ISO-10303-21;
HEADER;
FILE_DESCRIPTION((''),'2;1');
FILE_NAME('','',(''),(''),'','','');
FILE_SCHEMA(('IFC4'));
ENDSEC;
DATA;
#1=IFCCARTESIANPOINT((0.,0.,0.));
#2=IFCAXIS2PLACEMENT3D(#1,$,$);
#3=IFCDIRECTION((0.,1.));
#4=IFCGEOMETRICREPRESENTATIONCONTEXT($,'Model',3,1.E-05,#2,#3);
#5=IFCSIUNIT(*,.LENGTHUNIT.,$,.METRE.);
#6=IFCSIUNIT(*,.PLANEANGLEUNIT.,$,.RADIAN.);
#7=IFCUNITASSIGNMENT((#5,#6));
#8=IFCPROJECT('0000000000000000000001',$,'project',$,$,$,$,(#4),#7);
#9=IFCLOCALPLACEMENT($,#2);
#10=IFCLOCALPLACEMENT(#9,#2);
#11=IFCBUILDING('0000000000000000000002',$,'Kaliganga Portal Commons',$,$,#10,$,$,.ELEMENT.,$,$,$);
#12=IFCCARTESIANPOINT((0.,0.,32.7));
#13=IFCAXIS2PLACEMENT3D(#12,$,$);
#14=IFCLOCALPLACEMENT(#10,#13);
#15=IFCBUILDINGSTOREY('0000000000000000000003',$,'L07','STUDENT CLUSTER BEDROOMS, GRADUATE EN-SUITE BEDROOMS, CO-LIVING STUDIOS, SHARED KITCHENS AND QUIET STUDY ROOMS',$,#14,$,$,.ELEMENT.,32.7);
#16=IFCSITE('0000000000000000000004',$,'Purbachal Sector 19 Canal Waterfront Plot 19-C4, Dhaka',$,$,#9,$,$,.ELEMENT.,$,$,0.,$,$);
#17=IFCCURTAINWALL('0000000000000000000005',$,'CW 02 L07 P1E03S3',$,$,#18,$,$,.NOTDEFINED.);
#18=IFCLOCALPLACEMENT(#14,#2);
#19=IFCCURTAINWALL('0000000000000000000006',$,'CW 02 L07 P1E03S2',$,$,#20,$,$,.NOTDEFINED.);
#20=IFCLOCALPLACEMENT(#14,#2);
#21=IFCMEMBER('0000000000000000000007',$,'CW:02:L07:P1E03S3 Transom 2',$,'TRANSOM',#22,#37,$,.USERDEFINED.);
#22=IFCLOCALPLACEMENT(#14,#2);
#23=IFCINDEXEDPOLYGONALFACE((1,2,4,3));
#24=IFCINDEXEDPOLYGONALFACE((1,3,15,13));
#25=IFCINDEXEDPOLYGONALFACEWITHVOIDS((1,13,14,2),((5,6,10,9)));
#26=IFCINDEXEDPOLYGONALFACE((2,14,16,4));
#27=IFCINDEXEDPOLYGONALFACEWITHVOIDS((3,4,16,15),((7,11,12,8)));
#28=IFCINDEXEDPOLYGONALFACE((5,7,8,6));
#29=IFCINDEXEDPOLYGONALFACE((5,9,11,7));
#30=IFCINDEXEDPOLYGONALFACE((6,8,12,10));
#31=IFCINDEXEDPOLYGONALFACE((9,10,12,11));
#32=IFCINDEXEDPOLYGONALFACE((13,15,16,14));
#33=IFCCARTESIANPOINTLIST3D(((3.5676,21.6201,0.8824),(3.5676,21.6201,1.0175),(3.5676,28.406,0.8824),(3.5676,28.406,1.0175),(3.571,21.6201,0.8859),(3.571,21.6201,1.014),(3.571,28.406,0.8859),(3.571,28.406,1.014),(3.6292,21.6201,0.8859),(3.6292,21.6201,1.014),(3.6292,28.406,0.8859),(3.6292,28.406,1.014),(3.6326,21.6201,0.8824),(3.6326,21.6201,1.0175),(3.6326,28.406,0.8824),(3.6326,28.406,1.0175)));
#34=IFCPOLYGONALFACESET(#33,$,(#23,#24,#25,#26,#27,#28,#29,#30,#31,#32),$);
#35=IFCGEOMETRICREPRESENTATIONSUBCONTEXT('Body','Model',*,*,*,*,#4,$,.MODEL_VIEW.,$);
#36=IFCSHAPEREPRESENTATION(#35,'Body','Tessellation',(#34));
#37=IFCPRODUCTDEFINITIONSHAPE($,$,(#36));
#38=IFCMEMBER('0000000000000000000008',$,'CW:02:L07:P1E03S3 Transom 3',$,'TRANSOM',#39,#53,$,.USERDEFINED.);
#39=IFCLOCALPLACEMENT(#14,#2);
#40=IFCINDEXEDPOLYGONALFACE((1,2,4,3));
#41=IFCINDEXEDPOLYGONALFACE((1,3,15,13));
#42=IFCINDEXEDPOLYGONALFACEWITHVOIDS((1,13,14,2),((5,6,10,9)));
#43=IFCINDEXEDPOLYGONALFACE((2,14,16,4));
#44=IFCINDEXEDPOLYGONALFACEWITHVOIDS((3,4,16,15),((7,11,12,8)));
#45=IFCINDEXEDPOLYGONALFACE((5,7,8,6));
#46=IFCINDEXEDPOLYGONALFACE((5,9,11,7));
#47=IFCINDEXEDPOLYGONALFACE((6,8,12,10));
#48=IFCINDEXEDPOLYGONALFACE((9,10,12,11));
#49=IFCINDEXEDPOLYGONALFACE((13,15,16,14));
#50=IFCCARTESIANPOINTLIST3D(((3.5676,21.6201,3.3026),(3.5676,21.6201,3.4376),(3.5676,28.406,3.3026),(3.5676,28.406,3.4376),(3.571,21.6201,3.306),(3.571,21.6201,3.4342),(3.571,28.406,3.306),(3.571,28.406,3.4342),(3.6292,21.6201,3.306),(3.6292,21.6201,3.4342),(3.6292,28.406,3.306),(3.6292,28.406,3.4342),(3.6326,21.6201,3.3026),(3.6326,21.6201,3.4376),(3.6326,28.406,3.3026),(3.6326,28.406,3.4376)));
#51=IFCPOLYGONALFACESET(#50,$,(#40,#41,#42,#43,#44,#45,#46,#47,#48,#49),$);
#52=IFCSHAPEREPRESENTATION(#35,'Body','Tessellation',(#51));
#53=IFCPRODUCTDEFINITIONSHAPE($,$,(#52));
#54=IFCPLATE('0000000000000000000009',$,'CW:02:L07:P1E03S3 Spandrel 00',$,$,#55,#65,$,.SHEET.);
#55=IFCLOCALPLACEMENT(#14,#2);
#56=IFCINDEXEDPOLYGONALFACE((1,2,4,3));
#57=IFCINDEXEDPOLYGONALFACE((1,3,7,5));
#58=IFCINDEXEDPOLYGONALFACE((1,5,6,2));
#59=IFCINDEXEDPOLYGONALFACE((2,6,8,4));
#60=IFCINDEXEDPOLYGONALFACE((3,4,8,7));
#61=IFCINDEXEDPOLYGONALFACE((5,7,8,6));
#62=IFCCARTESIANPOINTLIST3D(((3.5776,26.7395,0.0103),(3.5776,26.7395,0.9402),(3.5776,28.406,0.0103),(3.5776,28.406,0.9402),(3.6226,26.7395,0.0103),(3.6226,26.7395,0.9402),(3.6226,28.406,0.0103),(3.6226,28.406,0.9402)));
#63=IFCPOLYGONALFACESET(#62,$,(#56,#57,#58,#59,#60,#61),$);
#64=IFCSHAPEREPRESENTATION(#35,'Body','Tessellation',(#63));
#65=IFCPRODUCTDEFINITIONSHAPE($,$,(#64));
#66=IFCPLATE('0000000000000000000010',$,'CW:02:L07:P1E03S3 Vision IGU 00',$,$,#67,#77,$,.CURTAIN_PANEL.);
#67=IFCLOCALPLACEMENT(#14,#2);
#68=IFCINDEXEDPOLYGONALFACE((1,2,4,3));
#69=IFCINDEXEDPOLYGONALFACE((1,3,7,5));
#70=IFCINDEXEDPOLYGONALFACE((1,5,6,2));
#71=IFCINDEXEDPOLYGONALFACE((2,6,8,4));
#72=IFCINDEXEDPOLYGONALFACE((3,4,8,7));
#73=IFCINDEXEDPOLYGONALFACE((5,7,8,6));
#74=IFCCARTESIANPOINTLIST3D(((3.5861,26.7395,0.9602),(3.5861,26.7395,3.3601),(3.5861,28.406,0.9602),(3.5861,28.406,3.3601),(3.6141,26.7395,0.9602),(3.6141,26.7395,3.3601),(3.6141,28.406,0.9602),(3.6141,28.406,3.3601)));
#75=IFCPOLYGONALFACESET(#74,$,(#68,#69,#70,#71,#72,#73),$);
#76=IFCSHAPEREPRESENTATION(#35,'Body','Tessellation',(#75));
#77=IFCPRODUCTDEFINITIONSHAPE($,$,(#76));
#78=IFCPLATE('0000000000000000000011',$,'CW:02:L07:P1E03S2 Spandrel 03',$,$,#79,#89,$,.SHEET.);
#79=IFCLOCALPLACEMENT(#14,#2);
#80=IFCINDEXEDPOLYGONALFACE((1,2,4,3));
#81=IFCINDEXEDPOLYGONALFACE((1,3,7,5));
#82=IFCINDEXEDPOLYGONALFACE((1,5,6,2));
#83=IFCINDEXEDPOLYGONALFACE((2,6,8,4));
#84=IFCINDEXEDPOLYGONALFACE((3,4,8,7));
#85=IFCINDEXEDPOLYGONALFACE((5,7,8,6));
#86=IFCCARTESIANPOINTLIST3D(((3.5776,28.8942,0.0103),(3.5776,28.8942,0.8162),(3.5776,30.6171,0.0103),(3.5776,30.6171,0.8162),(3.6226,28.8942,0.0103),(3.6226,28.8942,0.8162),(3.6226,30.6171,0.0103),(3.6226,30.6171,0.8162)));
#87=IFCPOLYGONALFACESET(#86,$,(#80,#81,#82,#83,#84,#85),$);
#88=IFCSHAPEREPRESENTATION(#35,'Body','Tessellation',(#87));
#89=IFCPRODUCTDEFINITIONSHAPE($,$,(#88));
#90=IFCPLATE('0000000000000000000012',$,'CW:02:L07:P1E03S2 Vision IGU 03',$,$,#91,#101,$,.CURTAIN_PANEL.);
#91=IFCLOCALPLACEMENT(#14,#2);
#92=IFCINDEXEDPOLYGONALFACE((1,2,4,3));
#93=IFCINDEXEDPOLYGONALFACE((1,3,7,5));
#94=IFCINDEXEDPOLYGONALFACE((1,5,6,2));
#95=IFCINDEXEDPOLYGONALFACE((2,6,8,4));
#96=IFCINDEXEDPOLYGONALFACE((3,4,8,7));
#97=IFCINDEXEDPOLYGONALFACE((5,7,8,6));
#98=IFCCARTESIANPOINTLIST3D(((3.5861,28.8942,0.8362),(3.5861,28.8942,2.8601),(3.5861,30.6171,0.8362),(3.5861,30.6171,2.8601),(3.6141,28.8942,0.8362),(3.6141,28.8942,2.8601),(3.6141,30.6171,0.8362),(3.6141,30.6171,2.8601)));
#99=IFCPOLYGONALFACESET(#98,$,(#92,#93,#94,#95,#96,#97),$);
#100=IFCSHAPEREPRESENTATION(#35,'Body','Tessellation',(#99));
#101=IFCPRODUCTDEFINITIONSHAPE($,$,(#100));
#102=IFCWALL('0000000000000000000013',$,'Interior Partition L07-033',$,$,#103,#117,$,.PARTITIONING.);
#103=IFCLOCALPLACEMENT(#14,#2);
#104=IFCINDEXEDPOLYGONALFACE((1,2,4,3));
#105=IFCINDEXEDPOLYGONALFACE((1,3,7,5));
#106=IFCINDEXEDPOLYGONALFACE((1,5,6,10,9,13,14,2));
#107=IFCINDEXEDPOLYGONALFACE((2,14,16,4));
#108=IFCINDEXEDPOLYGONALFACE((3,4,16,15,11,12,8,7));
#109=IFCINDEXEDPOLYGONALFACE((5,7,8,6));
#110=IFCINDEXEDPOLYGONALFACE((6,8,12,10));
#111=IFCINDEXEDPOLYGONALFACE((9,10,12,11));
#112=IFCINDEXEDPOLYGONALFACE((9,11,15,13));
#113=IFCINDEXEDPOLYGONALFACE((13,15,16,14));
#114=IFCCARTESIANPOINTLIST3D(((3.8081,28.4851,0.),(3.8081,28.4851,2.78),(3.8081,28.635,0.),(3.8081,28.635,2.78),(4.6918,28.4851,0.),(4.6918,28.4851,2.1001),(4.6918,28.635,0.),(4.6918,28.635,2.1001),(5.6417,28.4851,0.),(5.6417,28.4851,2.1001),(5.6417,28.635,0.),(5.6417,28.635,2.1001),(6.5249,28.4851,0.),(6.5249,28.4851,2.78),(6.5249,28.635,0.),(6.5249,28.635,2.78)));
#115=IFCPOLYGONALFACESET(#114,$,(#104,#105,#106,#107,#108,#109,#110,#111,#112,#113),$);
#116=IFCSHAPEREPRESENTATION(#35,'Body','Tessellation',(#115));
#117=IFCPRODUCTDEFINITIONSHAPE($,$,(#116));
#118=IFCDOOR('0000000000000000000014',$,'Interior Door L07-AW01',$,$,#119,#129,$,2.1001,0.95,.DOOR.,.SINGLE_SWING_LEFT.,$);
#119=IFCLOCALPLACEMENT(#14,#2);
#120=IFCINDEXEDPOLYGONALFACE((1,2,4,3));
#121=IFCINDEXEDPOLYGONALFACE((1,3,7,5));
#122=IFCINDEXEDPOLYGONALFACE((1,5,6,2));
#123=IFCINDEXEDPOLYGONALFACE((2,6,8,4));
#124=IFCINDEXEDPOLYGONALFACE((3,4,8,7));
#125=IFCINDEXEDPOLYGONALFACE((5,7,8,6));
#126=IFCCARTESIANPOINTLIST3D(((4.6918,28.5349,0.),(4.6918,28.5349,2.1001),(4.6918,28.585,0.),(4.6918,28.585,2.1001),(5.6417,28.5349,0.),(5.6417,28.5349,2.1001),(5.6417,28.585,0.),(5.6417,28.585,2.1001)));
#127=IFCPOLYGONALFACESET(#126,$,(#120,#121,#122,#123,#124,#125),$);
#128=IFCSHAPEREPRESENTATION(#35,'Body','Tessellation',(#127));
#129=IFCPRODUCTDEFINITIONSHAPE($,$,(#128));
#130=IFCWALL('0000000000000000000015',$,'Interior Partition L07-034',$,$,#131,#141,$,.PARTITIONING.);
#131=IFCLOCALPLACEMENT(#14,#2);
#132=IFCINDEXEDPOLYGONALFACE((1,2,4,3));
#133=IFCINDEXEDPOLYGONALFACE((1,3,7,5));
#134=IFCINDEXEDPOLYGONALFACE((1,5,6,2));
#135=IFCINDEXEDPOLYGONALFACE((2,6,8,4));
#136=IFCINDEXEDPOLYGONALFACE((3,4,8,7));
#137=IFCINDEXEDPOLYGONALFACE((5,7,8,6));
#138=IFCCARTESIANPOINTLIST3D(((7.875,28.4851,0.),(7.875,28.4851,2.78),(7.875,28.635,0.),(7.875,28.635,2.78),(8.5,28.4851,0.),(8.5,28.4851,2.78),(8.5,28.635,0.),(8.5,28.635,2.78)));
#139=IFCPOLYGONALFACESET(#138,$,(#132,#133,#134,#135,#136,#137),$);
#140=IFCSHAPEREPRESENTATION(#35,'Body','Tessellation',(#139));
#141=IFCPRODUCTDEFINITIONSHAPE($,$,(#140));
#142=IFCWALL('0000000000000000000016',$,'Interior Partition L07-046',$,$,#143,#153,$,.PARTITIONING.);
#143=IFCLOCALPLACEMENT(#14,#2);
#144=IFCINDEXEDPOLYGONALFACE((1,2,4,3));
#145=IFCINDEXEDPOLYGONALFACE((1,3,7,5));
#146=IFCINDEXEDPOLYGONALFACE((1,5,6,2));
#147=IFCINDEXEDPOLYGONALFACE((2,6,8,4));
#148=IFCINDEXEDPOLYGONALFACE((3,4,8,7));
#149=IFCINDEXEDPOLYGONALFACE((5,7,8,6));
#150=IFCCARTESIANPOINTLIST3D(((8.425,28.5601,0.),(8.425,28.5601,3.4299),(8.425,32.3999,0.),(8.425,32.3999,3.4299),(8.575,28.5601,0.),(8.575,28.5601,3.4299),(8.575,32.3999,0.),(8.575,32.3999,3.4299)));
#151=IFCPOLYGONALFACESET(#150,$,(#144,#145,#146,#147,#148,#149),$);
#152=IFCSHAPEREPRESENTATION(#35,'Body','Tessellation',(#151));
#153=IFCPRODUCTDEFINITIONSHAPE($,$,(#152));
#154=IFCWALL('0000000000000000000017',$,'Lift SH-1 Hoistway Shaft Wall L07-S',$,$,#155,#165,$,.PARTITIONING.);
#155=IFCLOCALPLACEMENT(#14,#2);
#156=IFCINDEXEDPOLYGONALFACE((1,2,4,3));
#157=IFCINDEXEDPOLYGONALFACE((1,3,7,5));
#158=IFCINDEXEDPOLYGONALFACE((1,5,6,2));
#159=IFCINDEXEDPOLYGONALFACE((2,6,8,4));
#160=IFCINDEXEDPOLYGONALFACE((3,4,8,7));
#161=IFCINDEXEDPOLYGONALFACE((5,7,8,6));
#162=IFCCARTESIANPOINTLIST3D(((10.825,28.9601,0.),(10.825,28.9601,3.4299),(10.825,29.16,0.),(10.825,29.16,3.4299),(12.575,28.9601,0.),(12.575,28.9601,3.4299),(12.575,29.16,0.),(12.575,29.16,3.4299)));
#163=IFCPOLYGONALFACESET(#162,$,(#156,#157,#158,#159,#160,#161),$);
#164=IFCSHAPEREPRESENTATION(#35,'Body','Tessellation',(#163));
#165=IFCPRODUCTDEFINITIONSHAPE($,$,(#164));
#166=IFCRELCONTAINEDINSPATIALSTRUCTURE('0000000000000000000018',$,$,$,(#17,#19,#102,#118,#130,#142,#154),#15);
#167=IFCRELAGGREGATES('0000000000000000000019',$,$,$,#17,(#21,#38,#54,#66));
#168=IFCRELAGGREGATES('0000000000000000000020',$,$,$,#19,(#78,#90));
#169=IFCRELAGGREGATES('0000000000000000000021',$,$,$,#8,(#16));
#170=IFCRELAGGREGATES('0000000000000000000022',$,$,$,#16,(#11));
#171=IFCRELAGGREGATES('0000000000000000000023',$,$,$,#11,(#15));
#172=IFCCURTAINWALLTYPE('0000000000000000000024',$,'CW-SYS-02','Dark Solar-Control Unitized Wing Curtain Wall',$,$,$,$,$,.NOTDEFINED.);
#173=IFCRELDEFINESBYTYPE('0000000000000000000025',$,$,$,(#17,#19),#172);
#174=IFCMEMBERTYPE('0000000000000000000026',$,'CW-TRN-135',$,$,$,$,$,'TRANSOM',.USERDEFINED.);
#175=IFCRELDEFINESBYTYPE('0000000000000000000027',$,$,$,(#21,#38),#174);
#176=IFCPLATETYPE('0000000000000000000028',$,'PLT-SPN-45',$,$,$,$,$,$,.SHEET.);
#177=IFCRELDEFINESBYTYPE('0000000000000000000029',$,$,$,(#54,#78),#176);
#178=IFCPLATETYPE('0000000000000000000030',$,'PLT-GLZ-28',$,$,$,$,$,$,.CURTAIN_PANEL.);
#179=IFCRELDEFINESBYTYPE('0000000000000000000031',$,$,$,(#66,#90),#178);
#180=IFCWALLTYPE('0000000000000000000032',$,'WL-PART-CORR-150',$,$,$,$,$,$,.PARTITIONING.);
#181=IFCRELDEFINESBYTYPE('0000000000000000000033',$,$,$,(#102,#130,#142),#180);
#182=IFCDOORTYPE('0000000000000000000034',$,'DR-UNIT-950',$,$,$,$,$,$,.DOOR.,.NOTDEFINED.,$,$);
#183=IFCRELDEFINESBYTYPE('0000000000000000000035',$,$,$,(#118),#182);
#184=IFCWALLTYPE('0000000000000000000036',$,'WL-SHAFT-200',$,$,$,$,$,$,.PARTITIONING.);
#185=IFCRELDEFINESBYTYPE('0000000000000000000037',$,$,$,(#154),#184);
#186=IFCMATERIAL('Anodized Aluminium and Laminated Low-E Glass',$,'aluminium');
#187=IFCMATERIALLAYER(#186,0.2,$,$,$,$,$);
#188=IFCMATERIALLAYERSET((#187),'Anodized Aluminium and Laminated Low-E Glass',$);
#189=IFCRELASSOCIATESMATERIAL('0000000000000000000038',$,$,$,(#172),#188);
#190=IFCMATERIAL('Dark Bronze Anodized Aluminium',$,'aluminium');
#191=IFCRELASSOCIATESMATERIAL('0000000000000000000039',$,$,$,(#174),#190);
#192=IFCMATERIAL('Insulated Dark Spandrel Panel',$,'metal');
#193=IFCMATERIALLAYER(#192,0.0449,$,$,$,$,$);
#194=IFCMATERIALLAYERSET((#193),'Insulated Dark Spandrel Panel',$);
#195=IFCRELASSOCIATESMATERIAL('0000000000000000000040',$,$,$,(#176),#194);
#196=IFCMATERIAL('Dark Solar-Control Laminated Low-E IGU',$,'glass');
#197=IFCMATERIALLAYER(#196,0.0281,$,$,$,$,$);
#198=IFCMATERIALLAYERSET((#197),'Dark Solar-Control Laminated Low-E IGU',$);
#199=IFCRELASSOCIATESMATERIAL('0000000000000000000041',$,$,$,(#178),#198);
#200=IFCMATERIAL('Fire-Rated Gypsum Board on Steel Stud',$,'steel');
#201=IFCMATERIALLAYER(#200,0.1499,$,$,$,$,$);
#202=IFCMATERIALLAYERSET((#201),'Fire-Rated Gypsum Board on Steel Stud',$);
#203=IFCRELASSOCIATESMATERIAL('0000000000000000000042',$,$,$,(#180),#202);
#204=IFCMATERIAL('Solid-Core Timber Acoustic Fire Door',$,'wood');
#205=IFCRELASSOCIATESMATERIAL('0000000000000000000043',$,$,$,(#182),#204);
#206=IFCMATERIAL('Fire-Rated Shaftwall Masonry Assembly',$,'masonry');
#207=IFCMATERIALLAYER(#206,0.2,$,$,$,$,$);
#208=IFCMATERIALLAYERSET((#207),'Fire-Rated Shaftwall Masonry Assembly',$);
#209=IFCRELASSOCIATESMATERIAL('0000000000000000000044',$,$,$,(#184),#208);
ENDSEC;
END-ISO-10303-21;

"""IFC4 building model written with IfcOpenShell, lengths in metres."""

from ifc_helpers import new_model, si_unit, direction, frame, frame_2d, origin, origin_2d, place, context, subcontext, project, spatial, rectangle, hollow_rectangle, extrude, source, transform, mapped, material, layer, layer_set, material_profile, profile_set, type_object, element, fill, aggregate, save


model = new_model("IFC4")

# Units and contexts
model_context = context("Model", 3, precision=1e-05, world=origin(), true_north=direction((0.0, 1.0)))
body_context = subcontext(model_context, "Body", "Model", "MODEL_VIEW")
ifc_project = project(units=[si_unit("LENGTHUNIT", "METRE"), si_unit("PLANEANGLEUNIT", "RADIAN")], contexts=[model_context])

# Site, building, storey
site_placement = place(None, origin())
site = spatial("IfcSite", under=ifc_project, at=site_placement, Name="Purbachal Sector 19 Canal Waterfront Plot 19-C4, Dhaka", CompositionType="ELEMENT", RefElevation=0.0)
building_placement = place(site_placement, origin())
building = spatial("IfcBuilding", under=site, at=building_placement, Name="Kaliganga Portal Commons", CompositionType="ELEMENT")
storey_placement = place(building_placement, frame((0.0, 0.0, 32.7)))
storey = spatial("IfcBuildingStorey", under=building, at=storey_placement, Name="L07", Description="STUDENT CLUSTER BEDROOMS, GRADUATE EN-SUITE BEDROOMS, CO-LIVING STUDIOS, SHARED KITCHENS AND QUIET STUDY ROOMS", CompositionType="ELEMENT", Elevation=32.7)

# Curtain wall
ifc_material_1 = material(Name="Anodized Aluminium and Laminated Low-E Glass", Category="aluminium")
ifc_layer_1 = layer(ifc_material_1, 0.2)
ifc_layer_set_1 = layer_set([ifc_layer_1], Name="Anodized Aluminium and Laminated Low-E Glass")
curtain_wall_type = type_object("IfcCurtainWallType", Name="CW-SYS-02", Description="Dark Solar-Control Unitized Wing Curtain Wall", PredefinedType="NOTDEFINED", material=ifc_layer_set_1)
curtain_wall_1_placement = place(storey_placement, origin())
curtain_wall_1 = element("IfcCurtainWall", 1, at=curtain_wall_1_placement, inside=storey, type_object=curtain_wall_type, Name="CW 02 L07 P1E03S3", PredefinedType="NOTDEFINED")
ifc_material_2 = material(Name="Dark Bronze Anodized Aluminium", Category="aluminium")

# Curtain wall
curtain_wall_2_placement = place(storey_placement, origin())
curtain_wall_2 = element("IfcCurtainWall", 2, at=curtain_wall_2_placement, inside=storey, type_object=curtain_wall_type, Name="CW 02 L07 P1E03S2", PredefinedType="NOTDEFINED")

# Members
ifc_material_profile_1 = material_profile(ifc_material_2, hollow_rectangle(XDim=0.0649, YDim=0.135, WallThickness=0.0034, at=origin_2d()), Name="ALU TRAN 65x135x3.5")
ifc_profile_set_1 = profile_set([ifc_material_profile_1], Name="Dark Bronze Anodized Aluminium")
member_type_1 = type_object("IfcMemberType", Name="CW-TRN-135", ElementType="TRANSOM", PredefinedType="USERDEFINED", material=ifc_profile_set_1)
shared_shape_1 = source(origin(), body_context, "Body", "SweptSolid", [
    extrude(hollow_rectangle(XDim=0.0649, YDim=0.135, WallThickness=0.0034, at=origin_2d()), origin(), (0.0, 0.0, 1.0), 6.7859),
])
member_1_placement = place(storey_placement, frame((3.6001, 28.406, 0.95), z_axis=(0.0, -1.0, 0.0), x_axis=(1.0, 0.0, 0.0)))
member_1 = element("IfcMember", 3, at=member_1_placement, type_object=member_type_1, Name="CW:02:L07:P1E03S3 Transom 2", ObjectType="TRANSOM", PredefinedType="USERDEFINED", context=body_context, shape_type="MappedRepresentation", body=[
    mapped(shared_shape_1, transform((0.0, 0.0, 0.0), x_axis=(1.0, 0.0, 0.0), y_axis=(0.0, 1.0, 0.0), z_axis=(0.0, 0.0, 1.0), scale=1.0)),
])
member_2_placement = place(storey_placement, frame((3.6001, 28.406, 3.3701), z_axis=(0.0, -1.0, 0.0), x_axis=(1.0, 0.0, 0.0)))
member_2 = element("IfcMember", 4, at=member_2_placement, type_object=member_type_1, Name="CW:02:L07:P1E03S3 Transom 3", ObjectType="TRANSOM", PredefinedType="USERDEFINED", context=body_context, shape_type="MappedRepresentation", body=[
    mapped(shared_shape_1, transform((0.0, 0.0, 0.0), x_axis=(1.0, 0.0, 0.0), y_axis=(0.0, 1.0, 0.0), z_axis=(0.0, 0.0, 1.0), scale=1.0)),
])

# Plates
ifc_material_3 = material(Name="Insulated Dark Spandrel Panel", Category="metal")
ifc_layer_2 = layer(ifc_material_3, 0.0449)
ifc_layer_set_2 = layer_set([ifc_layer_2], Name="Insulated Dark Spandrel Panel")
plate_type_1 = type_object("IfcPlateType", Name="PLT-SPN-45", PredefinedType="SHEET", material=ifc_layer_set_2)
shared_shape_2 = source(origin(), body_context, "Body", "SweptSolid", [
    extrude(rectangle(XDim=1.6665, YDim=0.0449, at=origin_2d()), origin(), (0.0, 0.0, 1.0), 0.9299),
])
plate_1_placement = place(storey_placement, frame((3.6001, 27.5728, 0.0103), z_axis=(0.0, 0.0, 1.0), x_axis=(0.0, -1.0, 0.0)))
plate_1 = element("IfcPlate", 5, at=plate_1_placement, type_object=plate_type_1, Name="CW:02:L07:P1E03S3 Spandrel 00", PredefinedType="SHEET", context=body_context, shape_type="MappedRepresentation", body=[
    mapped(shared_shape_2, transform((0.0, 0.0, 0.0), x_axis=(1.0, 0.0, 0.0), y_axis=(0.0, 1.0, 0.0), z_axis=(0.0, 0.0, 1.0), scale=1.0)),
])
ifc_material_4 = material(Name="Dark Solar-Control Laminated Low-E IGU", Category="glass")
ifc_layer_3 = layer(ifc_material_4, 0.0281)
ifc_layer_set_3 = layer_set([ifc_layer_3], Name="Dark Solar-Control Laminated Low-E IGU")
plate_type_2 = type_object("IfcPlateType", Name="PLT-GLZ-28", PredefinedType="CURTAIN_PANEL", material=ifc_layer_set_3)
shared_shape_3 = source(origin(), body_context, "Body", "SweptSolid", [
    extrude(rectangle(XDim=1.6665, YDim=0.0281, at=origin_2d()), origin(), (0.0, 0.0, 1.0), 2.3999),
])
plate_2_placement = place(storey_placement, frame((3.6001, 27.5728, 0.9602), z_axis=(0.0, 0.0, 1.0), x_axis=(0.0, -1.0, 0.0)))
plate_2 = element("IfcPlate", 6, at=plate_2_placement, type_object=plate_type_2, Name="CW:02:L07:P1E03S3 Vision IGU 00", PredefinedType="CURTAIN_PANEL", context=body_context, shape_type="MappedRepresentation", body=[
    mapped(shared_shape_3, transform((0.0, 0.0, 0.0), x_axis=(1.0, 0.0, 0.0), y_axis=(0.0, 1.0, 0.0), z_axis=(0.0, 0.0, 1.0), scale=1.0)),
])
aggregate(curtain_wall_1, [member_1, member_2, plate_1, plate_2])
shared_shape_4 = source(origin(), body_context, "Body", "SweptSolid", [
    extrude(rectangle(XDim=1.7229, YDim=0.0449, at=origin_2d()), origin(), (0.0, 0.0, 1.0), 0.8059),
])
plate_3_placement = place(storey_placement, frame((3.6001, 29.7556, 0.0103), z_axis=(0.0, 0.0, 1.0), x_axis=(0.0, -1.0, 0.0)))
plate_3 = element("IfcPlate", 7, at=plate_3_placement, type_object=plate_type_1, Name="CW:02:L07:P1E03S2 Spandrel 03", PredefinedType="SHEET", context=body_context, shape_type="MappedRepresentation", body=[
    mapped(shared_shape_4, transform((0.0, 0.0, 0.0), x_axis=(1.0, 0.0, 0.0), y_axis=(0.0, 1.0, 0.0), z_axis=(0.0, 0.0, 1.0), scale=1.0)),
])
shared_shape_5 = source(origin(), body_context, "Body", "SweptSolid", [
    extrude(rectangle(XDim=1.7229, YDim=0.0281, at=origin_2d()), origin(), (0.0, 0.0, 1.0), 2.0239),
])
plate_4_placement = place(storey_placement, frame((3.6001, 29.7556, 0.8362), z_axis=(0.0, 0.0, 1.0), x_axis=(0.0, -1.0, 0.0)))
plate_4 = element("IfcPlate", 8, at=plate_4_placement, type_object=plate_type_2, Name="CW:02:L07:P1E03S2 Vision IGU 03", PredefinedType="CURTAIN_PANEL", context=body_context, shape_type="MappedRepresentation", body=[
    mapped(shared_shape_5, transform((0.0, 0.0, 0.0), x_axis=(1.0, 0.0, 0.0), y_axis=(0.0, 1.0, 0.0), z_axis=(0.0, 0.0, 1.0), scale=1.0)),
])
aggregate(curtain_wall_2, [plate_3, plate_4])

# Wall, opening, door
ifc_material_5 = material(Name="Fire-Rated Gypsum Board on Steel Stud", Category="steel")
ifc_layer_4 = layer(ifc_material_5, 0.1499)
ifc_layer_set_4 = layer_set([ifc_layer_4], Name="Fire-Rated Gypsum Board on Steel Stud")
wall_type_1 = type_object("IfcWallType", Name="WL-PART-CORR-150", PredefinedType="PARTITIONING", material=ifc_layer_set_4)
wall_1_placement = place(storey_placement, frame((3.8081, 28.5601, 0.0), z_axis=(0.0, 0.0, 1.0), x_axis=(1.0, 0.0, 0.0)))
wall_1 = element("IfcWall", 9, at=wall_1_placement, inside=storey, type_object=wall_type_1, Name="Interior Partition L07-033", PredefinedType="PARTITIONING", context=body_context, shape_type="SweptSolid", body=[
    extrude(rectangle(XDim=2.7168, YDim=0.1499, at=frame_2d((1.3584, 0.0))), origin(), (0.0, 0.0, 1.0), 2.78),
])
opening_placement = place(wall_1_placement, frame((0.8835, 0.0, 0.0)))
opening = element("IfcOpeningElement", 10, at=opening_placement, cuts=wall_1, PredefinedType="OPENING", context=body_context, shape_type="SweptSolid", body=[
    extrude(rectangle(XDim=0.95, YDim=2.1001, at=frame_2d((0.4751, 1.05))), frame((0.0, 0.085, 0.0), z_axis=(0.0, -1.0, 0.0), x_axis=(1.0, 0.0, 0.0)), (0.0, 0.0, 1.0), 0.1699),
])
ifc_material_6 = material(Name="Solid-Core Timber Acoustic Fire Door", Category="wood")
door_type = type_object("IfcDoorType", Name="DR-UNIT-950", OperationType="NOTDEFINED", PredefinedType="DOOR", material=ifc_material_6)
door_placement = place(opening_placement, origin())
door = element("IfcDoor", 11, at=door_placement, inside=storey, type_object=door_type, Name="Interior Door L07-AW01", OperationType="SINGLE_SWING_LEFT", OverallHeight=2.1001, OverallWidth=0.95, PredefinedType="DOOR", context=body_context, shape_type="SweptSolid", body=[
    extrude(rectangle(XDim=0.95, YDim=2.1001, at=frame_2d((0.4751, 1.05))), frame((0.0, 0.0249, 0.0), z_axis=(0.0, -1.0, 0.0), x_axis=(1.0, 0.0, 0.0)), (0.0, 0.0, 1.0), 0.05),
])
fill(opening, door)

# Walls
wall_2_placement = place(storey_placement, frame((7.875, 28.5601, 0.0), z_axis=(0.0, 0.0, 1.0), x_axis=(1.0, 0.0, 0.0)))
element("IfcWall", 12, at=wall_2_placement, inside=storey, type_object=wall_type_1, Name="Interior Partition L07-034", PredefinedType="PARTITIONING", context=body_context, shape_type="SweptSolid", body=[
    extrude(rectangle(XDim=0.625, YDim=0.1499, at=frame_2d((0.3125, 0.0))), origin(), (0.0, 0.0, 1.0), 2.78),
])
wall_3_placement = place(storey_placement, frame((8.5, 28.5601, 0.0), z_axis=(0.0, 0.0, 1.0), x_axis=(0.0, 1.0, 0.0)))
element("IfcWall", 13, at=wall_3_placement, inside=storey, type_object=wall_type_1, Name="Interior Partition L07-046", PredefinedType="PARTITIONING", context=body_context, shape_type="SweptSolid", body=[
    extrude(rectangle(XDim=3.8398, YDim=0.1499, at=frame_2d((1.9199, 0.0))), origin(), (0.0, 0.0, 1.0), 3.4299),
])
ifc_material_7 = material(Name="Fire-Rated Shaftwall Masonry Assembly", Category="masonry")
ifc_layer_5 = layer(ifc_material_7, 0.2)
ifc_layer_set_5 = layer_set([ifc_layer_5], Name="Fire-Rated Shaftwall Masonry Assembly")
wall_type_2 = type_object("IfcWallType", Name="WL-SHAFT-200", PredefinedType="PARTITIONING", material=ifc_layer_set_5)
wall_4_placement = place(storey_placement, frame((10.825, 29.0601, 0.0), z_axis=(0.0, 0.0, 1.0), x_axis=(1.0, 0.0, 0.0)))
element("IfcWall", 14, at=wall_4_placement, inside=storey, type_object=wall_type_2, Name="Lift SH-1 Hoistway Shaft Wall L07-S", PredefinedType="PARTITIONING", context=body_context, shape_type="SweptSolid", body=[
    extrude(rectangle(XDim=1.75, YDim=0.2, at=frame_2d((0.875, 0.0))), origin(), (0.0, 0.0, 1.0), 3.4299),
])

save(model, "model.ifc")
